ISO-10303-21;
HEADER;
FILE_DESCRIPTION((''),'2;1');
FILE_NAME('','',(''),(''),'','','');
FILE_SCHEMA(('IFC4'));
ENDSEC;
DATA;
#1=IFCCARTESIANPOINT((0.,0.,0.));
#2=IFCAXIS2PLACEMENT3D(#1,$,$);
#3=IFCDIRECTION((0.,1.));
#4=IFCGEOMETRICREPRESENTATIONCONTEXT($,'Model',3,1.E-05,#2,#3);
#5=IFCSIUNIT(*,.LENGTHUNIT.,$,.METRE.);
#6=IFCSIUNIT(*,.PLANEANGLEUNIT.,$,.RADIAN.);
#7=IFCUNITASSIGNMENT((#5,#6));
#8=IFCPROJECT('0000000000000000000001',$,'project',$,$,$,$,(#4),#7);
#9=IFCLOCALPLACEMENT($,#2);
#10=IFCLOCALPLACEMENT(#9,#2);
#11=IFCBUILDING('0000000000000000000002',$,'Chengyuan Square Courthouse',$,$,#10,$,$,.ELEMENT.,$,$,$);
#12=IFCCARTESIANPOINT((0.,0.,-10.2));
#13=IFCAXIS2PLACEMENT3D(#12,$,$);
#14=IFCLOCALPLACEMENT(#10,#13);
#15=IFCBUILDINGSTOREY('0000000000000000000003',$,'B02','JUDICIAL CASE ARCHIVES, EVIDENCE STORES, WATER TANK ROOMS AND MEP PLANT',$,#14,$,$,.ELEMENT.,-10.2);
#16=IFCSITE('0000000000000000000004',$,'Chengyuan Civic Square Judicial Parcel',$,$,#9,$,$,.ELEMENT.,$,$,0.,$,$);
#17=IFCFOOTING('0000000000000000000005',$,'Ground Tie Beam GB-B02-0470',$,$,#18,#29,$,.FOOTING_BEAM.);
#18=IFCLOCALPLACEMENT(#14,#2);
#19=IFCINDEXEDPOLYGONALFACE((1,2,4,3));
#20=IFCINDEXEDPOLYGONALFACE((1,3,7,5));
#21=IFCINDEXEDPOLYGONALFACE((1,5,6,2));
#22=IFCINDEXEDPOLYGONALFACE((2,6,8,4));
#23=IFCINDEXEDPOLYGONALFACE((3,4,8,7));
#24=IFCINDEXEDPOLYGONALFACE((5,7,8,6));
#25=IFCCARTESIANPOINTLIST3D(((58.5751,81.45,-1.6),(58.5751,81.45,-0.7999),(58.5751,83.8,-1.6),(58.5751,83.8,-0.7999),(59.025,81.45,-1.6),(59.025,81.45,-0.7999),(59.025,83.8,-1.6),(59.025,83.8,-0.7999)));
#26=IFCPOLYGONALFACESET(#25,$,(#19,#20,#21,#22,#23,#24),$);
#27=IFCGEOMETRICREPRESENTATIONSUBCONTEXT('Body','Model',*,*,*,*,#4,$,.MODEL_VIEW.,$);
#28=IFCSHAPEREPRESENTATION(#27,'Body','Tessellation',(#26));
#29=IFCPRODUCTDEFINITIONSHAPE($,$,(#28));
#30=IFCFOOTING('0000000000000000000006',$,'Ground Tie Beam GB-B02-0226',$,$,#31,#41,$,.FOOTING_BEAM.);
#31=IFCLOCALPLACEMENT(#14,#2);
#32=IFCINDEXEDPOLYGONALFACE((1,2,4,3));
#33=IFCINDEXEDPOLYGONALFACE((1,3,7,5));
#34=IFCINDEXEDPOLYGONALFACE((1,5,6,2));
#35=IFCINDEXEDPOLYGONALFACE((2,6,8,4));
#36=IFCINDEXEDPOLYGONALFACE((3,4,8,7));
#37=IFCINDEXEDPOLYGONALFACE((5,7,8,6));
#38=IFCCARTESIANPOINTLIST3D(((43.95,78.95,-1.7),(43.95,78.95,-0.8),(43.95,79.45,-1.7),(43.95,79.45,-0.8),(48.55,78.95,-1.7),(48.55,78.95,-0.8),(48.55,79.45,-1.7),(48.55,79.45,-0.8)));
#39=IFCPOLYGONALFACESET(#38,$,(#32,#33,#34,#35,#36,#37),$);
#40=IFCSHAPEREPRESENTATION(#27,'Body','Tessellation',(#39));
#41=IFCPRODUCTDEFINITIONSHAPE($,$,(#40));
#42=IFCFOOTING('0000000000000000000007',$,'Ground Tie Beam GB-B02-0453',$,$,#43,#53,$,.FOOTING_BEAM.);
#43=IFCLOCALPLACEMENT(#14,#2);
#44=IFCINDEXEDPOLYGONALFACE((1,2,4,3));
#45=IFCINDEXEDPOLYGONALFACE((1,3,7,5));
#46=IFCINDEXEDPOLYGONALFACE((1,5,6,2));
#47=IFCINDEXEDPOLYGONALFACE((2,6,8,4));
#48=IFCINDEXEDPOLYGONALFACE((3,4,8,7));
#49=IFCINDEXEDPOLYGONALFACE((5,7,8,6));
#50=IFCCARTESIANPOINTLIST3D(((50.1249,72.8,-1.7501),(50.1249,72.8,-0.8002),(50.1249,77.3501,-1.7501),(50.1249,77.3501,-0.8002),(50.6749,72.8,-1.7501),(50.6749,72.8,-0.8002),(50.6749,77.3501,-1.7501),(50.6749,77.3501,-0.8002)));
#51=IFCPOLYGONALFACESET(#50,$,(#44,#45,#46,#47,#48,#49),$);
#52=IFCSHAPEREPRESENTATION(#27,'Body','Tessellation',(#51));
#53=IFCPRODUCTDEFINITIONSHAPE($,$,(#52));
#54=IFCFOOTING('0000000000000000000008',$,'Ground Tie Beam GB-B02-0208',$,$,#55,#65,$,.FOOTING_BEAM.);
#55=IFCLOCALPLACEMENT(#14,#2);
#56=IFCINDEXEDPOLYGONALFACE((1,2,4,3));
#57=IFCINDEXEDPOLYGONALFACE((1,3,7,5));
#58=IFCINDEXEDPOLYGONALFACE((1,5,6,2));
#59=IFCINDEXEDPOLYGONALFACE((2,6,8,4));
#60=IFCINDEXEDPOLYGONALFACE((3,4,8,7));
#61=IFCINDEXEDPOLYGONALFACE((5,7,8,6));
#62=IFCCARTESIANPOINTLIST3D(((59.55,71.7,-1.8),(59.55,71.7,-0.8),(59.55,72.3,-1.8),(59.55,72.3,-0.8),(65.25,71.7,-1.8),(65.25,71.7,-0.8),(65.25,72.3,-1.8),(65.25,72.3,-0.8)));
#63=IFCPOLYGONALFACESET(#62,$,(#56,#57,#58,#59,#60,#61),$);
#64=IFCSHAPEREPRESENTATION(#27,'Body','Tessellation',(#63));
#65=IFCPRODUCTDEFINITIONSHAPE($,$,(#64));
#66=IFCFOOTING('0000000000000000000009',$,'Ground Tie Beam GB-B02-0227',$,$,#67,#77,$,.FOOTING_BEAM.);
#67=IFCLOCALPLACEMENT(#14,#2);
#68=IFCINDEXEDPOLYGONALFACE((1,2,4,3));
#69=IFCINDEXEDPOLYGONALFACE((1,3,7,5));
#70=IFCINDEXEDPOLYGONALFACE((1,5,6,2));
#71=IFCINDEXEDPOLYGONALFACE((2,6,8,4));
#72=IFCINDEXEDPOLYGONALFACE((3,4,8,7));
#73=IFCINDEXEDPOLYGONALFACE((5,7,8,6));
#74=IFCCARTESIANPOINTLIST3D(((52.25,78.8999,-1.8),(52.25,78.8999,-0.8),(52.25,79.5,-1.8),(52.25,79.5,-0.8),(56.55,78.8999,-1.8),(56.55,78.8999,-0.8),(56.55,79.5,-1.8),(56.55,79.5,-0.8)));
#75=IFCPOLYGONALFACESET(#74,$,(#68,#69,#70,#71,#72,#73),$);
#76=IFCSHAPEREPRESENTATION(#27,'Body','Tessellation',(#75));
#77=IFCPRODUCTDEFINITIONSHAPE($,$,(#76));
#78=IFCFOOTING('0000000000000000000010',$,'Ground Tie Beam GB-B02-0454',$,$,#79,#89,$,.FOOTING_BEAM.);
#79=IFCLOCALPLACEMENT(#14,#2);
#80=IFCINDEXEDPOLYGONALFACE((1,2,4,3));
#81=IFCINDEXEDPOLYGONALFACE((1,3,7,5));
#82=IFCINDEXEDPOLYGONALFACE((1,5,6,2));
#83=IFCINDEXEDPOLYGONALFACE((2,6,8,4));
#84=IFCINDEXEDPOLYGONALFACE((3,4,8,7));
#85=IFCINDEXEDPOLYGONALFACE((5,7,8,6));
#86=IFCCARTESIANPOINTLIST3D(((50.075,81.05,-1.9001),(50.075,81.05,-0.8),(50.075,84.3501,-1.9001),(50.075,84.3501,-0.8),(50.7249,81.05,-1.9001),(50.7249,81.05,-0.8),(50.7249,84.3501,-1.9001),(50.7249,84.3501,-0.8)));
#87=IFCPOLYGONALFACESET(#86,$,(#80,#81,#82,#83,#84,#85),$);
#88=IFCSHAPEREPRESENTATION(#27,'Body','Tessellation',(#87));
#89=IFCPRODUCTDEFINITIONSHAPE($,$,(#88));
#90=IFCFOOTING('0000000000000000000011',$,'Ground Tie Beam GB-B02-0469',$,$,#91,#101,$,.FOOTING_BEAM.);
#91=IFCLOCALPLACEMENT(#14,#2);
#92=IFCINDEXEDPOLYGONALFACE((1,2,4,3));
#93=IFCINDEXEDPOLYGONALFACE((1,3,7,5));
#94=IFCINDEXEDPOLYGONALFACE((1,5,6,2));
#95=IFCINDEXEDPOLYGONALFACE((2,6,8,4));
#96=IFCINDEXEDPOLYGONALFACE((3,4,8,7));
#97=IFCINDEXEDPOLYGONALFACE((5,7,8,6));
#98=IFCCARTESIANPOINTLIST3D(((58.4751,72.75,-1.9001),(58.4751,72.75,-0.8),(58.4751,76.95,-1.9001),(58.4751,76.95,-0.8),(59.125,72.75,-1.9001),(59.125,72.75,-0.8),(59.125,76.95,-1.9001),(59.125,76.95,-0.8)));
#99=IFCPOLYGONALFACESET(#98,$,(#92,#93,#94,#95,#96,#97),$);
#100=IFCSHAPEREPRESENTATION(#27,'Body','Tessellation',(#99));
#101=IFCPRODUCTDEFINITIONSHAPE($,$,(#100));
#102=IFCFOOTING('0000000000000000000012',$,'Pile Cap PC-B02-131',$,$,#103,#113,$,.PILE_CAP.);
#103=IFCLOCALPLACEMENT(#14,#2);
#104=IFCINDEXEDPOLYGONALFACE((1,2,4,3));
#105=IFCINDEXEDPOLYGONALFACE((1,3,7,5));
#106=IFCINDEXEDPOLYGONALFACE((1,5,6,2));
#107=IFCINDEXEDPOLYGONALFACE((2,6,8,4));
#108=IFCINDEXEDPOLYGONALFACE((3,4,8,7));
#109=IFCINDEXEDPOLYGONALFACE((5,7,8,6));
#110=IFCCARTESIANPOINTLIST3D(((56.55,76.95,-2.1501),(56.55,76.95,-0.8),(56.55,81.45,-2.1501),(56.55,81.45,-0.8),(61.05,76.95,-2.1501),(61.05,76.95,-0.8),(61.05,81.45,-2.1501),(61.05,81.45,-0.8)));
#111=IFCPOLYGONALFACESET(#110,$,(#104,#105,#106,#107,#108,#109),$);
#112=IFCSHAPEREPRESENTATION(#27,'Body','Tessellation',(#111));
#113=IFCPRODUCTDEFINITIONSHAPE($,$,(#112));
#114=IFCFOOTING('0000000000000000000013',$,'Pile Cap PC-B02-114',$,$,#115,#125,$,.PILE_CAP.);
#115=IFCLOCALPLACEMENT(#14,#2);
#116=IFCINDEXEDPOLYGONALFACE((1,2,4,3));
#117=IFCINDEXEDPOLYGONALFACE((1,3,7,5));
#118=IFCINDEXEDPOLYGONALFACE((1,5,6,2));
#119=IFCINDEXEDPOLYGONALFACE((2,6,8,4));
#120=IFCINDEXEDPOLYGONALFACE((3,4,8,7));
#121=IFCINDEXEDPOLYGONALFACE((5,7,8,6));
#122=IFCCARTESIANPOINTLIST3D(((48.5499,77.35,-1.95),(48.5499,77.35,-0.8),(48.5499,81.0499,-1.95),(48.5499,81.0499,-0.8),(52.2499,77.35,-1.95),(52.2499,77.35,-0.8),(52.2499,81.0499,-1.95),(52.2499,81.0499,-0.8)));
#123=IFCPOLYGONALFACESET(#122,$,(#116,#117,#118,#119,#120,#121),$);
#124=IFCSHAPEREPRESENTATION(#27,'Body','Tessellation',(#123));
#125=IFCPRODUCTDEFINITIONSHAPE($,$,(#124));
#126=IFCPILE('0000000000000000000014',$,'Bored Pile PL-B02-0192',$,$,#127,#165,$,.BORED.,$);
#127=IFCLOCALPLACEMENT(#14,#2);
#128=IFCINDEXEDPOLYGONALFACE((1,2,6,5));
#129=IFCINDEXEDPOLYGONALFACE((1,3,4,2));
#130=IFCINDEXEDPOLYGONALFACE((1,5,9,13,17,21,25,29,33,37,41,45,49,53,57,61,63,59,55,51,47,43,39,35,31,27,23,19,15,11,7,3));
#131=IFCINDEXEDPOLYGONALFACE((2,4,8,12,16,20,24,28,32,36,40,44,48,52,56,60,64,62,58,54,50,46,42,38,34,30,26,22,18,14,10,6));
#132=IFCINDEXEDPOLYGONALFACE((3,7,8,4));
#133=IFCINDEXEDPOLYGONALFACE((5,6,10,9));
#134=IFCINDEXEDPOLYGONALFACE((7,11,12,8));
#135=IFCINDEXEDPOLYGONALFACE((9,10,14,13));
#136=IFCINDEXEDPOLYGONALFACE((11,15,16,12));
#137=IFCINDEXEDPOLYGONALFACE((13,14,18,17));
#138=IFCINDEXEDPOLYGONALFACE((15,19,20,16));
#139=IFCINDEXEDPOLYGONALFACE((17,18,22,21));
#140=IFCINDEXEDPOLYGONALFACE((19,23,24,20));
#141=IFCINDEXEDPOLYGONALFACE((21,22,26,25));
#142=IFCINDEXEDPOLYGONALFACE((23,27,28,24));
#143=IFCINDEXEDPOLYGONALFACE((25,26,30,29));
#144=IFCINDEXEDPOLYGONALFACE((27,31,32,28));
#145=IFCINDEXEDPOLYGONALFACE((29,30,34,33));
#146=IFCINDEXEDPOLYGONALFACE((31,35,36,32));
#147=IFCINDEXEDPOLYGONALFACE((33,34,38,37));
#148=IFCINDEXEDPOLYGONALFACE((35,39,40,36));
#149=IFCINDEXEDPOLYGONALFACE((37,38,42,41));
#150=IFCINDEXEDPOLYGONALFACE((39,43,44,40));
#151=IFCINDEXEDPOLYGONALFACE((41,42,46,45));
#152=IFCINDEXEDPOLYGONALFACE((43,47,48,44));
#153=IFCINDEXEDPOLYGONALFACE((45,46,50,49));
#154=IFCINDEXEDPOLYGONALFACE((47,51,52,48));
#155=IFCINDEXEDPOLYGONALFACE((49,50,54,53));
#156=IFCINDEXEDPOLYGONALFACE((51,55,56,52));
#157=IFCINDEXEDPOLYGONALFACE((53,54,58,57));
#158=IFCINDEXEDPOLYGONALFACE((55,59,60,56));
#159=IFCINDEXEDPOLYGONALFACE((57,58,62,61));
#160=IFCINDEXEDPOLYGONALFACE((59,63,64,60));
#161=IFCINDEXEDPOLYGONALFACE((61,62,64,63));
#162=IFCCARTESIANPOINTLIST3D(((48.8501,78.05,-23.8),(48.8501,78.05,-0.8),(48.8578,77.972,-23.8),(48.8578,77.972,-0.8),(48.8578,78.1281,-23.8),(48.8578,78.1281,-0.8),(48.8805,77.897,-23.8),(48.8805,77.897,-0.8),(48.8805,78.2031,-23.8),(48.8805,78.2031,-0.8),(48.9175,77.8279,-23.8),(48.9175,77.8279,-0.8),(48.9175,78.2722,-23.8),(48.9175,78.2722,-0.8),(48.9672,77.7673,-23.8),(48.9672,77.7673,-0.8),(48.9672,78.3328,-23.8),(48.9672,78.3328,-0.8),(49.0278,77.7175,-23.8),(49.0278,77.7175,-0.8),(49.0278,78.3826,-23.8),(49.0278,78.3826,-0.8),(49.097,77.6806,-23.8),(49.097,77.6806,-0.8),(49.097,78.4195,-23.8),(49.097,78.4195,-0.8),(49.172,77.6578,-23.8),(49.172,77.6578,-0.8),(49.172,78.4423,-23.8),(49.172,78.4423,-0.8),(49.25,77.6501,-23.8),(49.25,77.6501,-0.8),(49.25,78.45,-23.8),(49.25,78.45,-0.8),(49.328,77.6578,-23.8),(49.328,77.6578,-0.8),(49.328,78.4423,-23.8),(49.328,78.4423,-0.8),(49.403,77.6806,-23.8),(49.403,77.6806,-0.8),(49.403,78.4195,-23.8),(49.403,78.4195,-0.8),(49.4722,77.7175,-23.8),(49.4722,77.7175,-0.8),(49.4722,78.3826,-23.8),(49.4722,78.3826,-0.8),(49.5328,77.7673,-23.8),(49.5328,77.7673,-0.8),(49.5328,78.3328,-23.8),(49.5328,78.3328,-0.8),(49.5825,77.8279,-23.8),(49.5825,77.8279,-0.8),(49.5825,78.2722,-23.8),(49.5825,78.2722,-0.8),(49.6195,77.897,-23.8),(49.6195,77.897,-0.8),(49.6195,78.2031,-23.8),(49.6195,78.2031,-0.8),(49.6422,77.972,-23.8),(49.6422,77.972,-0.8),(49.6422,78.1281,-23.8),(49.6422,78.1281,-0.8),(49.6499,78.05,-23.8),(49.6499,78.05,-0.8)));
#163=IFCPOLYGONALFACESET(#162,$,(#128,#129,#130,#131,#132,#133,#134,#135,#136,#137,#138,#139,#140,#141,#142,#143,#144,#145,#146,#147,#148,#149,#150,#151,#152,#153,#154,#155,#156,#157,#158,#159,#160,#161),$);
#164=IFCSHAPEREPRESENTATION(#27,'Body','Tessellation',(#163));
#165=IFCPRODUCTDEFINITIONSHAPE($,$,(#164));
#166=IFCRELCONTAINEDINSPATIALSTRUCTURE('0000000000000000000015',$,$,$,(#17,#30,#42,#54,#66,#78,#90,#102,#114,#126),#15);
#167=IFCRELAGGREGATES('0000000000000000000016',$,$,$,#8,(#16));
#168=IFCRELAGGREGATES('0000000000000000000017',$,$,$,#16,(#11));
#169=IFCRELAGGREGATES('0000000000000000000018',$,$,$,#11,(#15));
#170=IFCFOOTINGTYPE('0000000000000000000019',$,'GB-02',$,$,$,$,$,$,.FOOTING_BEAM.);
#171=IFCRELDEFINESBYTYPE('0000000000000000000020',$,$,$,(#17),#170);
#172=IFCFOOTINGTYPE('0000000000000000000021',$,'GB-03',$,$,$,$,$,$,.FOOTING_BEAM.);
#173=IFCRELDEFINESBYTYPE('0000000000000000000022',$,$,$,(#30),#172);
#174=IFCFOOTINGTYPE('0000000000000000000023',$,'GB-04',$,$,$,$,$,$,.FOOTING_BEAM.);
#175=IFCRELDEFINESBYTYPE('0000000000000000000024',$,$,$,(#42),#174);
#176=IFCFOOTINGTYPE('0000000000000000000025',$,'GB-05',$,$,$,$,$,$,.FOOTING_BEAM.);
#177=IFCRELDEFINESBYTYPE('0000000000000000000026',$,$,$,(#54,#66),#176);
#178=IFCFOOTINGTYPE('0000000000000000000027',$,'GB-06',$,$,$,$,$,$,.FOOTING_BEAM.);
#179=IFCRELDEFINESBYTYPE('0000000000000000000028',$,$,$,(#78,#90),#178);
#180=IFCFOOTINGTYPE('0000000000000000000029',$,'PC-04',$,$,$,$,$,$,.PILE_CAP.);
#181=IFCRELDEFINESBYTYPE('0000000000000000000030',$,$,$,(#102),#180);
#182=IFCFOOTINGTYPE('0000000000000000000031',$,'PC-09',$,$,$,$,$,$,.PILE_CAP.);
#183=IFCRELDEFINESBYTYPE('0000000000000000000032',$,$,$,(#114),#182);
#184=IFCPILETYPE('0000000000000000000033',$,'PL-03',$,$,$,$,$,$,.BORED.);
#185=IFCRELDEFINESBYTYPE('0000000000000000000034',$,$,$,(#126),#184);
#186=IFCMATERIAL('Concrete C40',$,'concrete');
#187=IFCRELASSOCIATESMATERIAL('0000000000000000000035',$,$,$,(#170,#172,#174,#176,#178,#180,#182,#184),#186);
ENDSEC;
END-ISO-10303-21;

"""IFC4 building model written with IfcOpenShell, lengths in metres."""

from ifc_helpers import new_model, si_unit, direction, frame, origin, origin_2d, place, context, subcontext, project, spatial, rectangle, circle, extrude, material, material_profile, profile_set, type_object, element, save


model = new_model("IFC4")

# Units and contexts
model_context = context("Model", 3, precision=1e-05, world=origin(), true_north=direction((0.0, 1.0)))
body_context = subcontext(model_context, "Body", "Model", "MODEL_VIEW")
ifc_project = project(units=[si_unit("LENGTHUNIT", "METRE"), si_unit("PLANEANGLEUNIT", "RADIAN")], contexts=[model_context])

# Site, building, storey
site_placement = place(None, origin())
site = spatial("IfcSite", under=ifc_project, at=site_placement, Name="Chengyuan Civic Square Judicial Parcel", CompositionType="ELEMENT", RefElevation=0.0)
building_placement = place(site_placement, origin())
building = spatial("IfcBuilding", under=site, at=building_placement, Name="Chengyuan Square Courthouse", CompositionType="ELEMENT")
storey_placement = place(building_placement, frame((0.0, 0.0, -10.2)))
storey = spatial("IfcBuildingStorey", under=building, at=storey_placement, Name="B02", Description="JUDICIAL CASE ARCHIVES, EVIDENCE STORES, WATER TANK ROOMS AND MEP PLANT", CompositionType="ELEMENT", Elevation=-10.2)

# Footings
ifc_material_1 = material(Name="Concrete C40", Category="concrete")
ifc_material_profile_1 = material_profile(ifc_material_1, rectangle(XDim=0.45, YDim=0.8, at=origin_2d()), Name="GB-450x800")
ifc_profile_set_1 = profile_set([ifc_material_profile_1], Name="Concrete C40")
footing_type_1 = type_object("IfcFootingType", Name="GB-02", PredefinedType="FOOTING_BEAM", material=ifc_profile_set_1)
footing_1_placement = place(storey_placement, frame((58.8, 81.45, -1.2), z_axis=(0.0, 1.0, 0.0), x_axis=(-1.0, 0.0, 0.0)))
element("IfcFooting", 1, at=footing_1_placement, inside=storey, type_object=footing_type_1, Name="Ground Tie Beam GB-B02-0470", PredefinedType="FOOTING_BEAM", context=body_context, shape_type="SweptSolid", body=[
    extrude(rectangle(XDim=0.45, YDim=0.8, at=origin_2d()), origin(), (0.0, 0.0, 1.0), 2.3501),
])
ifc_material_profile_2 = material_profile(ifc_material_1, rectangle(XDim=0.5, YDim=0.8999, at=origin_2d()), Name="GB-500x900")
ifc_profile_set_2 = profile_set([ifc_material_profile_2], Name="Concrete C40")
footing_type_2 = type_object("IfcFootingType", Name="GB-03", PredefinedType="FOOTING_BEAM", material=ifc_profile_set_2)
footing_2_placement = place(storey_placement, frame((43.95, 79.2, -1.25), z_axis=(1.0, 0.0, 0.0), x_axis=(0.0, 1.0, 0.0)))
element("IfcFooting", 2, at=footing_2_placement, inside=storey, type_object=footing_type_2, Name="Ground Tie Beam GB-B02-0226", PredefinedType="FOOTING_BEAM", context=body_context, shape_type="SweptSolid", body=[
    extrude(rectangle(XDim=0.5, YDim=0.8999, at=origin_2d()), origin(), (0.0, 0.0, 1.0), 4.6001),
])
ifc_material_profile_3 = material_profile(ifc_material_1, rectangle(XDim=0.55, YDim=0.95, at=origin_2d()), Name="GB-550x950")
ifc_profile_set_3 = profile_set([ifc_material_profile_3], Name="Concrete C40")
footing_type_3 = type_object("IfcFootingType", Name="GB-04", PredefinedType="FOOTING_BEAM", material=ifc_profile_set_3)
footing_3_placement = place(storey_placement, frame((50.3999, 72.8, -1.2751), z_axis=(0.0, 1.0, 0.0), x_axis=(-1.0, 0.0, 0.0)))
element("IfcFooting", 3, at=footing_3_placement, inside=storey, type_object=footing_type_3, Name="Ground Tie Beam GB-B02-0453", PredefinedType="FOOTING_BEAM", context=body_context, shape_type="SweptSolid", body=[
    extrude(rectangle(XDim=0.55, YDim=0.95, at=origin_2d()), origin(), (0.0, 0.0, 1.0), 4.55),
])
ifc_material_profile_4 = material_profile(ifc_material_1, rectangle(XDim=0.6001, YDim=1.0, at=origin_2d()), Name="GB-600x1000")
ifc_profile_set_4 = profile_set([ifc_material_profile_4], Name="Concrete C40")
footing_type_4 = type_object("IfcFootingType", Name="GB-05", PredefinedType="FOOTING_BEAM", material=ifc_profile_set_4)
footing_4_placement = place(storey_placement, frame((59.55, 72.0, -1.3), z_axis=(1.0, 0.0, 0.0), x_axis=(0.0, 1.0, 0.0)))
element("IfcFooting", 4, at=footing_4_placement, inside=storey, type_object=footing_type_4, Name="Ground Tie Beam GB-B02-0208", PredefinedType="FOOTING_BEAM", context=body_context, shape_type="SweptSolid", body=[
    extrude(rectangle(XDim=0.6001, YDim=1.0, at=origin_2d()), origin(), (0.0, 0.0, 1.0), 5.7),
])
footing_5_placement = place(storey_placement, frame((52.25, 79.2, -1.3), z_axis=(1.0, 0.0, 0.0), x_axis=(0.0, 1.0, 0.0)))
element("IfcFooting", 5, at=footing_5_placement, inside=storey, type_object=footing_type_4, Name="Ground Tie Beam GB-B02-0227", PredefinedType="FOOTING_BEAM", context=body_context, shape_type="SweptSolid", body=[
    extrude(rectangle(XDim=0.6001, YDim=1.0, at=origin_2d()), origin(), (0.0, 0.0, 1.0), 4.3),
])
ifc_material_profile_5 = material_profile(ifc_material_1, rectangle(XDim=0.6499, YDim=1.1001, at=origin_2d()), Name="GB-650x1100")
ifc_profile_set_5 = profile_set([ifc_material_profile_5], Name="Concrete C40")
footing_type_5 = type_object("IfcFootingType", Name="GB-06", PredefinedType="FOOTING_BEAM", material=ifc_profile_set_5)
footing_6_placement = place(storey_placement, frame((50.3999, 81.05, -1.3501), z_axis=(0.0, 1.0, 0.0), x_axis=(-1.0, 0.0, 0.0)))
element("IfcFooting", 6, at=footing_6_placement, inside=storey, type_object=footing_type_5, Name="Ground Tie Beam GB-B02-0454", PredefinedType="FOOTING_BEAM", context=body_context, shape_type="SweptSolid", body=[
    extrude(rectangle(XDim=0.6499, YDim=1.1001, at=origin_2d()), origin(), (0.0, 0.0, 1.0), 3.3),
])
footing_7_placement = place(storey_placement, frame((58.8, 72.75, -1.3501), z_axis=(0.0, 1.0, 0.0), x_axis=(-1.0, 0.0, 0.0)))
element("IfcFooting", 7, at=footing_7_placement, inside=storey, type_object=footing_type_5, Name="Ground Tie Beam GB-B02-0469", PredefinedType="FOOTING_BEAM", context=body_context, shape_type="SweptSolid", body=[
    extrude(rectangle(XDim=0.6499, YDim=1.1001, at=origin_2d()), origin(), (0.0, 0.0, 1.0), 4.2),
])
footing_type_6 = type_object("IfcFootingType", Name="PC-04", PredefinedType="PILE_CAP", material=ifc_material_1)
footing_8_placement = place(storey_placement, frame((58.8, 79.2, -2.1501), z_axis=(0.0, 0.0, 1.0), x_axis=(1.0, 0.0, 0.0)))
element("IfcFooting", 8, at=footing_8_placement, inside=storey, type_object=footing_type_6, Name="Pile Cap PC-B02-131", PredefinedType="PILE_CAP", context=body_context, shape_type="SweptSolid", body=[
    extrude(rectangle(XDim=4.5, YDim=4.5, at=origin_2d()), origin(), (0.0, 0.0, 1.0), 1.3501),
])
footing_type_7 = type_object("IfcFootingType", Name="PC-09", PredefinedType="PILE_CAP", material=ifc_material_1)
footing_9_placement = place(storey_placement, frame((50.3999, 79.2, -1.95), z_axis=(0.0, 0.0, 1.0), x_axis=(1.0, 0.0, 0.0)))
element("IfcFooting", 9, at=footing_9_placement, inside=storey, type_object=footing_type_7, Name="Pile Cap PC-B02-114", PredefinedType="PILE_CAP", context=body_context, shape_type="SweptSolid", body=[
    extrude(rectangle(XDim=3.7, YDim=3.7, at=origin_2d()), origin(), (0.0, 0.0, 1.0), 1.1499),
])

# Pile
ifc_material_profile_6 = material_profile(ifc_material_1, circle(Radius=0.3999, at=origin_2d()), Name="BORED PILE D800")
ifc_profile_set_6 = profile_set([ifc_material_profile_6], Name="Concrete C40")
pile_type_1 = type_object("IfcPileType", Name="PL-03", PredefinedType="BORED", material=ifc_profile_set_6)
for number, where, z_axis, x_axis, name in (
    (10, (49.25, 78.05, -0.8), (0.0, 0.0, -1.0), (1.0, 0.0, 0.0), "Bored Pile PL-B02-0192"),
):
    element("IfcPile", number, at=place(storey_placement, frame(where, z_axis=z_axis, x_axis=x_axis)), inside=storey, type_object=pile_type_1, Name=name, PredefinedType="BORED", context=body_context, shape_type="SweptSolid", body=[
        extrude(circle(Radius=0.3999, at=origin_2d()), origin(), (0.0, 0.0, 1.0), 23.0),
    ])

save(model, "model.ifc")
